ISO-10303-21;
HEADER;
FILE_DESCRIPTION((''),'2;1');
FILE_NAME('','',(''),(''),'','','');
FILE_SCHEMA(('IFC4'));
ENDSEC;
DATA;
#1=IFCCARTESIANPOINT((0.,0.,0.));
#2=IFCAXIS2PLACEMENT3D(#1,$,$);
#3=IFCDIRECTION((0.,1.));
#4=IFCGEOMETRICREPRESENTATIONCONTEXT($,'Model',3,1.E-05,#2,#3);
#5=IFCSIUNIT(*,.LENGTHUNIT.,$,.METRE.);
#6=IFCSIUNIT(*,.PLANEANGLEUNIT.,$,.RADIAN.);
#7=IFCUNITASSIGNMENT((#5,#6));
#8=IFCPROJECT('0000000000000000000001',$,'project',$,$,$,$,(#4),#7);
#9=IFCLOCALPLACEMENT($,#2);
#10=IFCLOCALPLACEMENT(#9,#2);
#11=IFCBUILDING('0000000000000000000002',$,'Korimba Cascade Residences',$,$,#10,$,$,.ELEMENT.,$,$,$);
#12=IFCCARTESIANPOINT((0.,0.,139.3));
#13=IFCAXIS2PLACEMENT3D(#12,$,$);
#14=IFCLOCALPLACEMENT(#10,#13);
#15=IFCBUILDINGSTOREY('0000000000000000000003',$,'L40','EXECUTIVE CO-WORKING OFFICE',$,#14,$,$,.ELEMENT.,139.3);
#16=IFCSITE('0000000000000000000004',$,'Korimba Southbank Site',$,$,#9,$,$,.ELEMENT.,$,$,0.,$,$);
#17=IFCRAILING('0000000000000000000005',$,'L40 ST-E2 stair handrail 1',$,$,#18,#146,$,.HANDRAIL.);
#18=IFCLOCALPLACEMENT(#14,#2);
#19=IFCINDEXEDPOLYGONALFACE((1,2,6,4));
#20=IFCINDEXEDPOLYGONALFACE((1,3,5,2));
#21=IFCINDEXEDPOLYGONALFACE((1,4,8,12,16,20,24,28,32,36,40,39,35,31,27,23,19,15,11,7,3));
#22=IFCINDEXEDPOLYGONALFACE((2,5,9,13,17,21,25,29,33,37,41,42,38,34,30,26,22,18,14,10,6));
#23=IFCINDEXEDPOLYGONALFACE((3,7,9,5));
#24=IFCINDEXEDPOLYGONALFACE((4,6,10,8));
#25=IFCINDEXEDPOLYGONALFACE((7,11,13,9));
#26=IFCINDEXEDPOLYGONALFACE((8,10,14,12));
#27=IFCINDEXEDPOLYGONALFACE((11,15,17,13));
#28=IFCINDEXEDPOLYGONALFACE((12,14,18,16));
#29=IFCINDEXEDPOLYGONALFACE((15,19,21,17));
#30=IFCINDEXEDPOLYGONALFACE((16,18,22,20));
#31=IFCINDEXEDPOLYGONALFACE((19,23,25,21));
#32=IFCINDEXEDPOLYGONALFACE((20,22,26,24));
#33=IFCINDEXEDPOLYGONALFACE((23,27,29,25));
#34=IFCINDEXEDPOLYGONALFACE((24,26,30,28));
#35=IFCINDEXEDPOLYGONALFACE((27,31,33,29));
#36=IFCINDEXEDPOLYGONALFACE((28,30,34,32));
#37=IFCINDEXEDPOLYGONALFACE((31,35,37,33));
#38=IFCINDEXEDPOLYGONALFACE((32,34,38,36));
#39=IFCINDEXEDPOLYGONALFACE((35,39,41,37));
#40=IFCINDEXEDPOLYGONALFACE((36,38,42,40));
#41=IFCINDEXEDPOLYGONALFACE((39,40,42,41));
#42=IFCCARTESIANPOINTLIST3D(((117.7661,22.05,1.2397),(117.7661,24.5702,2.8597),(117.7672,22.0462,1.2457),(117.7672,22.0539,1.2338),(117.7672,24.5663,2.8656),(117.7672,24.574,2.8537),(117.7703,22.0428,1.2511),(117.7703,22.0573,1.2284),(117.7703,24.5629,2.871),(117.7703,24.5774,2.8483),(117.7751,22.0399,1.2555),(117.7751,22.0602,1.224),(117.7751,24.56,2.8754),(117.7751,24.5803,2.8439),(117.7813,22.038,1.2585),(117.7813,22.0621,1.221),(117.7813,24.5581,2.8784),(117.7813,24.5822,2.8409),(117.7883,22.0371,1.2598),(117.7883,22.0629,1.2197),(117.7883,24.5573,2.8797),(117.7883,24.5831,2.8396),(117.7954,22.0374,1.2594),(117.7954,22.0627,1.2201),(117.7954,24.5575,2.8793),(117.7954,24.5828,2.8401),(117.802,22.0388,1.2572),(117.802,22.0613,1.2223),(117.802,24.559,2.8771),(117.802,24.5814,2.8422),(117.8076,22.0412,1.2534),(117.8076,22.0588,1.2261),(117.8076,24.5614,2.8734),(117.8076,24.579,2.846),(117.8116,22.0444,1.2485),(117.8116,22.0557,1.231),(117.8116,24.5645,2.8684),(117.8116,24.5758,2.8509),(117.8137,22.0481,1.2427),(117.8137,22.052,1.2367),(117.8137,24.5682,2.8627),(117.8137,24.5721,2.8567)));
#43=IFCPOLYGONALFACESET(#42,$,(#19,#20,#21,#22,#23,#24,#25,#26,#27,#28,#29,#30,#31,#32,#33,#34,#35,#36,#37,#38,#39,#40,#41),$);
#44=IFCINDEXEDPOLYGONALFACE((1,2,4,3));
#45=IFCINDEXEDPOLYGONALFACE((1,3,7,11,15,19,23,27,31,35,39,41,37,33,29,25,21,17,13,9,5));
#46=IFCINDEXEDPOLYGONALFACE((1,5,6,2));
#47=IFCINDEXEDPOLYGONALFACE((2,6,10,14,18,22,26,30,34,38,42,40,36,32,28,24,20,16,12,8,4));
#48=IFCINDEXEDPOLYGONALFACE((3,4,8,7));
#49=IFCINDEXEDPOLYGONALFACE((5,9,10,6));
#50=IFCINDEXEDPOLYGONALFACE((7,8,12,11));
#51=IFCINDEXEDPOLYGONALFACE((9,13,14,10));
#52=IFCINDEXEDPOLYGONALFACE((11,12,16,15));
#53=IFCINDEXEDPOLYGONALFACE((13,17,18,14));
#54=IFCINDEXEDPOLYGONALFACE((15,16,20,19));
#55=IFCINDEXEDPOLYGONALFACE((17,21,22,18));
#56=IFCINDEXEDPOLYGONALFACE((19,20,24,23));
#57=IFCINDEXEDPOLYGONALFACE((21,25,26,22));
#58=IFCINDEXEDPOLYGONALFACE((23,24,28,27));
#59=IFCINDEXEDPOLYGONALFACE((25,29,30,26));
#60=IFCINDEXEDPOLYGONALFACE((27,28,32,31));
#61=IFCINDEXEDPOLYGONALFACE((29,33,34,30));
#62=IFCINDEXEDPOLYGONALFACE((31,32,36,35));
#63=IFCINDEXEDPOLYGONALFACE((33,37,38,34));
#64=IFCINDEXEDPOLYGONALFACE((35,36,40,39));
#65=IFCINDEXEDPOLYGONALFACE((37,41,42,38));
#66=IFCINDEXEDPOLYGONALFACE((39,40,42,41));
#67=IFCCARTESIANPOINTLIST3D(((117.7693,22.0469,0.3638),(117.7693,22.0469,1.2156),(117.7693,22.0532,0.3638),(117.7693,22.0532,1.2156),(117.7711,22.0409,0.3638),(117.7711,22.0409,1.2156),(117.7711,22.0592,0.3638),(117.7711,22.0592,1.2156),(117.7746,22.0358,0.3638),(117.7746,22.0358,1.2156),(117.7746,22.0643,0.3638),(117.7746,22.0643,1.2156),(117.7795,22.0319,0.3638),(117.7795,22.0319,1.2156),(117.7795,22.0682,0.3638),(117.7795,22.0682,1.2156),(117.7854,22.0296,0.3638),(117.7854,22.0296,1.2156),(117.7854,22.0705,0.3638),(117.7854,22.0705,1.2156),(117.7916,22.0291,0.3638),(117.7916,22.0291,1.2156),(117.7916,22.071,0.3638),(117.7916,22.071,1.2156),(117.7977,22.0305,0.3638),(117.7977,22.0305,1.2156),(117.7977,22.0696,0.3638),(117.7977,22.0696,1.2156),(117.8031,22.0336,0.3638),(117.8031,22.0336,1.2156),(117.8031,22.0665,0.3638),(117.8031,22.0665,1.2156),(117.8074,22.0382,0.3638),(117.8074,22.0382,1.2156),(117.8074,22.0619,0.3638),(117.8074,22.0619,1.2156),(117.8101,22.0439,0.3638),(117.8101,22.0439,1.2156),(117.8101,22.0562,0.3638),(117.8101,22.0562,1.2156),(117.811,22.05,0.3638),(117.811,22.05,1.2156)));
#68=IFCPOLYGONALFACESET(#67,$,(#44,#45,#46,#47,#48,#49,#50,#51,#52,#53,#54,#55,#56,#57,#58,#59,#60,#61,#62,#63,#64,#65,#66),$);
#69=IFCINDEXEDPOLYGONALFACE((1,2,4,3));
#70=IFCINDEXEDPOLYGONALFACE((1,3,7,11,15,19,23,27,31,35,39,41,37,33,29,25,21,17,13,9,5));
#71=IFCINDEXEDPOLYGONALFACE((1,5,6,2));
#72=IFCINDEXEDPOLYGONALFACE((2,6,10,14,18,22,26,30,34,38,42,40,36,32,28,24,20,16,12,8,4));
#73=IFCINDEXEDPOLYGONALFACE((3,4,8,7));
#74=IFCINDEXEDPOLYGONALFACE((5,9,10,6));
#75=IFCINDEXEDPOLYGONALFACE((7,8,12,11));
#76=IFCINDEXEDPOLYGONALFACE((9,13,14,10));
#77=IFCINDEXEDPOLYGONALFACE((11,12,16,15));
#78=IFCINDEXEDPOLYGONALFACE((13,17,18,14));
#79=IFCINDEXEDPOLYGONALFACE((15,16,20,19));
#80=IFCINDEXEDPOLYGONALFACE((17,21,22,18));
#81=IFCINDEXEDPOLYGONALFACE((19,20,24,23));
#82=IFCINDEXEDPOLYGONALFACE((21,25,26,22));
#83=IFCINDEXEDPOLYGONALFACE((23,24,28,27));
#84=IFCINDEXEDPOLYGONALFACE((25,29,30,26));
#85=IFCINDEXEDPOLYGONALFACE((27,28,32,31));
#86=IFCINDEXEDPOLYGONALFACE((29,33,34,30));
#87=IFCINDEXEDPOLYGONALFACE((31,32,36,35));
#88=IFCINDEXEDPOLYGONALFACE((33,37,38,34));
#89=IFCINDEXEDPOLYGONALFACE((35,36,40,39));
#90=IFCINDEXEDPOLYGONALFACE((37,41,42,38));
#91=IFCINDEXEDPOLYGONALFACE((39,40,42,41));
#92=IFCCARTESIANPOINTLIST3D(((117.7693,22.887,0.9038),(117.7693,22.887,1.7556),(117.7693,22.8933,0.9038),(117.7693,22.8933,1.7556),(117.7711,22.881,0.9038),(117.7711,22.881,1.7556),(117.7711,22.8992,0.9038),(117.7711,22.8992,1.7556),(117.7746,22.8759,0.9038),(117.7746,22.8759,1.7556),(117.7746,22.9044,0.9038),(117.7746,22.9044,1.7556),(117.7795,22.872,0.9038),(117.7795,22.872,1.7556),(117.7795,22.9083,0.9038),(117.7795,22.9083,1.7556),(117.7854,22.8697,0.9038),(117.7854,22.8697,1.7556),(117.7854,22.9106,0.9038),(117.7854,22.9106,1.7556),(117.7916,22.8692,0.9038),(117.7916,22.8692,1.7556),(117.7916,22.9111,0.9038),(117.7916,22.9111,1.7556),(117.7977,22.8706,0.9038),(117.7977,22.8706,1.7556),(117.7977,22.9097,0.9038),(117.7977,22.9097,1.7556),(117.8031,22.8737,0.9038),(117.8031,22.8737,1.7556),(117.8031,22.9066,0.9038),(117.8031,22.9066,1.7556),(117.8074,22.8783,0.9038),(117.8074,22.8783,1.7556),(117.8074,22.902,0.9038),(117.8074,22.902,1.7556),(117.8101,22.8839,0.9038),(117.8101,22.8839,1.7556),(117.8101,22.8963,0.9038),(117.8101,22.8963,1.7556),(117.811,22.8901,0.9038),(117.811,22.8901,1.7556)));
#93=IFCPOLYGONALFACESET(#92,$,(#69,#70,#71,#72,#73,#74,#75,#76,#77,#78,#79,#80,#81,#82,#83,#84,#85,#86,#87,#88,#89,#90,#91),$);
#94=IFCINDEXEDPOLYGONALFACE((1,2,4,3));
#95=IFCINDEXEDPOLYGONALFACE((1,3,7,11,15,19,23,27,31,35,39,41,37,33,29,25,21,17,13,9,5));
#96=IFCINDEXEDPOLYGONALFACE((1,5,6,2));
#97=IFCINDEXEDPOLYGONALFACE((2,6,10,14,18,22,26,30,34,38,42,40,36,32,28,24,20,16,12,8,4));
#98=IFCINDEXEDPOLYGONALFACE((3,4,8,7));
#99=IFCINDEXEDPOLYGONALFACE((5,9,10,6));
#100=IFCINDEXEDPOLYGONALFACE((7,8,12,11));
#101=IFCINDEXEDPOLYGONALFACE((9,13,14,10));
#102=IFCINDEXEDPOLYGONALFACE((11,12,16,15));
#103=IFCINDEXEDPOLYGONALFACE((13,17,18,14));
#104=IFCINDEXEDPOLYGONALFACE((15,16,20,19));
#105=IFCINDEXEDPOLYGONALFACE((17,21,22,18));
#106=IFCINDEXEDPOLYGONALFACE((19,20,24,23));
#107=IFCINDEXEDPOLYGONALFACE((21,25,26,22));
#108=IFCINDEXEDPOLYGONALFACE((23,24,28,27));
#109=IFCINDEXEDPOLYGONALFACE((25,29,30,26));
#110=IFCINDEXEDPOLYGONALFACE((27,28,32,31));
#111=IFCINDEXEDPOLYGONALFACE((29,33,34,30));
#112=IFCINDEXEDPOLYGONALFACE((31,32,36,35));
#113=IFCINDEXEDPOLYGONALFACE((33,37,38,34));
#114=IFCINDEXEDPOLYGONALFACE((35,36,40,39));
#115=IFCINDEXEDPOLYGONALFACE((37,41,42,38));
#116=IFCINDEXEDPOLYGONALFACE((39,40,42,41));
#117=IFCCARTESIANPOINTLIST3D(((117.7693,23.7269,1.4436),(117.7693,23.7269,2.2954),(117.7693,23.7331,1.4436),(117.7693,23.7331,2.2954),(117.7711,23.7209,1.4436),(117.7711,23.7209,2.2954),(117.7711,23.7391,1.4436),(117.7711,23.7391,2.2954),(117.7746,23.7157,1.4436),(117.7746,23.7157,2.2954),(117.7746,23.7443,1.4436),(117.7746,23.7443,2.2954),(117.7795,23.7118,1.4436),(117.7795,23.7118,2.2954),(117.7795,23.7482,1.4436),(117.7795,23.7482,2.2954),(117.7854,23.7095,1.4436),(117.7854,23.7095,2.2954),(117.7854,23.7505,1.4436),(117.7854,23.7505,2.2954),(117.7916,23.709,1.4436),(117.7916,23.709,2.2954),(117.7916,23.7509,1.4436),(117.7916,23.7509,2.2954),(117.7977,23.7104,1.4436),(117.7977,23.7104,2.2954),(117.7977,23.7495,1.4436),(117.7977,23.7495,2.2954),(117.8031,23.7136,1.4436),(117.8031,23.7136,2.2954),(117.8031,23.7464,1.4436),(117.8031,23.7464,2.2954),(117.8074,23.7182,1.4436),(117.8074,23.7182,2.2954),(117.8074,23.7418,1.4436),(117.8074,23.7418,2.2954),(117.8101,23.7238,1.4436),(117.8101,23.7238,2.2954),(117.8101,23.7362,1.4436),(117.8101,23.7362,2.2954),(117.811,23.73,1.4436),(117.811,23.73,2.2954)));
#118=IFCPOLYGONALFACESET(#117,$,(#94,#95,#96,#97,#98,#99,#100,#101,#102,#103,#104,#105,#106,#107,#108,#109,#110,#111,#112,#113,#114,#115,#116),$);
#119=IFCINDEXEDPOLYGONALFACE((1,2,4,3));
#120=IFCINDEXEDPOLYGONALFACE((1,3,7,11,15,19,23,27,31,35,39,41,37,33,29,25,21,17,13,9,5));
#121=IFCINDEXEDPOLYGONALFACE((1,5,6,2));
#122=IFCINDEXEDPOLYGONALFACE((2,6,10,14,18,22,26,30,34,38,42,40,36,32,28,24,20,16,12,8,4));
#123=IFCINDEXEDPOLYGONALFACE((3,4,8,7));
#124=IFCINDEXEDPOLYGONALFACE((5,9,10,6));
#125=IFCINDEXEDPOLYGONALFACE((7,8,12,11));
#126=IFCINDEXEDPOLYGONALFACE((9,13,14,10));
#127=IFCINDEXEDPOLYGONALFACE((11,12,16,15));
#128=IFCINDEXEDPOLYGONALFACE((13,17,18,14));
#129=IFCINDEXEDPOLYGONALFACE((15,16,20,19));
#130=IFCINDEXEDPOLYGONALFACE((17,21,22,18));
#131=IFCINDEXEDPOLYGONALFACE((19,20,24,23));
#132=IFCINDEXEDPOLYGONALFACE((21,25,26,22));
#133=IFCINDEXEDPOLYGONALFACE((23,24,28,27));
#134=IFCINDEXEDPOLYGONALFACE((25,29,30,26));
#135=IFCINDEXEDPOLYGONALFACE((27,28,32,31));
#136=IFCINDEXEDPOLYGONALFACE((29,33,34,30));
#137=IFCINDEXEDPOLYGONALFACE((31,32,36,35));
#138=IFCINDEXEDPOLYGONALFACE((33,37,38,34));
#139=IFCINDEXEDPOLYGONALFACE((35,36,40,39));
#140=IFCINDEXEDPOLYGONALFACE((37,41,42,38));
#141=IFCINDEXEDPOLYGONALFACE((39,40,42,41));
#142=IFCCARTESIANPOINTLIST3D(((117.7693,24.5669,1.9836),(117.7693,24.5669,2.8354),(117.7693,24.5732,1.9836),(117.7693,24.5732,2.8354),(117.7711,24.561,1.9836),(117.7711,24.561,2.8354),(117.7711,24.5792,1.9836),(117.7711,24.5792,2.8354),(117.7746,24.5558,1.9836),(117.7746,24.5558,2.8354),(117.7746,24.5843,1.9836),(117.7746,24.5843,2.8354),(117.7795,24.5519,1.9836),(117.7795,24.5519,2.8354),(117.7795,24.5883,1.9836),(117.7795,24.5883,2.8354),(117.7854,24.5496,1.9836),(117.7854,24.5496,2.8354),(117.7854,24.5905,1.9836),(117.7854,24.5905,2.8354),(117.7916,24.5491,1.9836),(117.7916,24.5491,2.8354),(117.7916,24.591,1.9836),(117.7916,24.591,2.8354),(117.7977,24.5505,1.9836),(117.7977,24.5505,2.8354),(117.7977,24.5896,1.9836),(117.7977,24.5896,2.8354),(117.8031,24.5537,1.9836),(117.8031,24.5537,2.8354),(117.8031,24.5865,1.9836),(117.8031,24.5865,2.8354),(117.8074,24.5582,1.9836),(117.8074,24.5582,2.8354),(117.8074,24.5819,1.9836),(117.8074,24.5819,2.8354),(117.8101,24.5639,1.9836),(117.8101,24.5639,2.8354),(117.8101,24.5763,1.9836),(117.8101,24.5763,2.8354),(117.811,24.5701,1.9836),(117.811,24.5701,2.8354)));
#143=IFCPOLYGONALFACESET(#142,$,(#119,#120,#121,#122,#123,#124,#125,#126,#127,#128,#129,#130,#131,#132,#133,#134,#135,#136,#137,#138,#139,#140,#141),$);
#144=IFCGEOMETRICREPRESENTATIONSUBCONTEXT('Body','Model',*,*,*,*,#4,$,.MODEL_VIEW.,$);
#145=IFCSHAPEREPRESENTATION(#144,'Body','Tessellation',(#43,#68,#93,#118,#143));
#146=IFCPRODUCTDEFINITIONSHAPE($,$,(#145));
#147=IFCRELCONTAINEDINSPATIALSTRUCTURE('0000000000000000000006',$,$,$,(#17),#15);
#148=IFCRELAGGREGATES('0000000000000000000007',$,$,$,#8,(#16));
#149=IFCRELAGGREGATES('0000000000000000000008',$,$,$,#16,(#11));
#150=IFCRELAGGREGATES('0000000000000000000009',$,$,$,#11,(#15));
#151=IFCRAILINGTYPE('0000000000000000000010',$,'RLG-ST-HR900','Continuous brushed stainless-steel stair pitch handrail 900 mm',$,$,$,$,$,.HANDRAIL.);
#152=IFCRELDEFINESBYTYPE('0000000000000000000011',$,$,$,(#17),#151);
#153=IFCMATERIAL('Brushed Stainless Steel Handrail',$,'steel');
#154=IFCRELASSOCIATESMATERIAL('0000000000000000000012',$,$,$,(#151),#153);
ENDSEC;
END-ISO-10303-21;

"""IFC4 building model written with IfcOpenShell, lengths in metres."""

from ifc_helpers import new_model, si_unit, direction, frame, origin, origin_2d, place, context, subcontext, project, spatial, circle, extrude, material, type_object, element, save


model = new_model("IFC4")

# Units and contexts
model_context = context("Model", 3, precision=1e-05, world=origin(), true_north=direction((0.0, 1.0)))
body_context = subcontext(model_context, "Body", "Model", "MODEL_VIEW")
ifc_project = project(units=[si_unit("LENGTHUNIT", "METRE"), si_unit("PLANEANGLEUNIT", "RADIAN")], contexts=[model_context])

# Site, building, storey
site_placement = place(None, origin())
site = spatial("IfcSite", under=ifc_project, at=site_placement, Name="Korimba Southbank Site", CompositionType="ELEMENT", RefElevation=0.0)
building_placement = place(site_placement, origin())
building = spatial("IfcBuilding", under=site, at=building_placement, Name="Korimba Cascade Residences", CompositionType="ELEMENT")
storey_placement = place(building_placement, frame((0.0, 0.0, 139.3)))
storey = spatial("IfcBuildingStorey", under=building, at=storey_placement, Name="L40", Description="EXECUTIVE CO-WORKING OFFICE", CompositionType="ELEMENT", Elevation=139.3)

# Railing
ifc_material_1 = material(Name="Brushed Stainless Steel Handrail", Category="steel")
railing_type_1 = type_object("IfcRailingType", Name="RLG-ST-HR900", Description="Continuous brushed stainless-steel stair pitch handrail 900 mm", PredefinedType="HANDRAIL", material=ifc_material_1)
railing_1_placement = place(storey_placement, frame((117.79, 22.05, 0.3638)))
element("IfcRailing", 1, at=railing_1_placement, inside=storey, type_object=railing_type_1, Name="L40 ST-E2 stair handrail 1", PredefinedType="HANDRAIL", context=body_context, shape_type="SweptSolid", body=[
    extrude(circle(Radius=0.0239, at=origin_2d()), frame((0.0, 0.0, 0.876), z_axis=(0.0, 0.8412, 0.540725), x_axis=(-1.0, 0.0, 0.0)), (0.0, 0.0, 1.0), 2.9958),
    extrude(circle(Radius=0.021, at=origin_2d()), origin(), (0.0, 0.0, 1.0), 0.8518),
    extrude(circle(Radius=0.021, at=origin_2d()), frame((0.0, 0.8401, 0.54)), (0.0, 0.0, 1.0), 0.8518),
    extrude(circle(Radius=0.021, at=origin_2d()), frame((0.0, 1.6799, 1.0798)), (0.0, 0.0, 1.0), 0.8518),
    extrude(circle(Radius=0.021, at=origin_2d()), frame((0.0, 2.52, 1.6199)), (0.0, 0.0, 1.0), 0.8518),
])

save(model, "model.ifc")
